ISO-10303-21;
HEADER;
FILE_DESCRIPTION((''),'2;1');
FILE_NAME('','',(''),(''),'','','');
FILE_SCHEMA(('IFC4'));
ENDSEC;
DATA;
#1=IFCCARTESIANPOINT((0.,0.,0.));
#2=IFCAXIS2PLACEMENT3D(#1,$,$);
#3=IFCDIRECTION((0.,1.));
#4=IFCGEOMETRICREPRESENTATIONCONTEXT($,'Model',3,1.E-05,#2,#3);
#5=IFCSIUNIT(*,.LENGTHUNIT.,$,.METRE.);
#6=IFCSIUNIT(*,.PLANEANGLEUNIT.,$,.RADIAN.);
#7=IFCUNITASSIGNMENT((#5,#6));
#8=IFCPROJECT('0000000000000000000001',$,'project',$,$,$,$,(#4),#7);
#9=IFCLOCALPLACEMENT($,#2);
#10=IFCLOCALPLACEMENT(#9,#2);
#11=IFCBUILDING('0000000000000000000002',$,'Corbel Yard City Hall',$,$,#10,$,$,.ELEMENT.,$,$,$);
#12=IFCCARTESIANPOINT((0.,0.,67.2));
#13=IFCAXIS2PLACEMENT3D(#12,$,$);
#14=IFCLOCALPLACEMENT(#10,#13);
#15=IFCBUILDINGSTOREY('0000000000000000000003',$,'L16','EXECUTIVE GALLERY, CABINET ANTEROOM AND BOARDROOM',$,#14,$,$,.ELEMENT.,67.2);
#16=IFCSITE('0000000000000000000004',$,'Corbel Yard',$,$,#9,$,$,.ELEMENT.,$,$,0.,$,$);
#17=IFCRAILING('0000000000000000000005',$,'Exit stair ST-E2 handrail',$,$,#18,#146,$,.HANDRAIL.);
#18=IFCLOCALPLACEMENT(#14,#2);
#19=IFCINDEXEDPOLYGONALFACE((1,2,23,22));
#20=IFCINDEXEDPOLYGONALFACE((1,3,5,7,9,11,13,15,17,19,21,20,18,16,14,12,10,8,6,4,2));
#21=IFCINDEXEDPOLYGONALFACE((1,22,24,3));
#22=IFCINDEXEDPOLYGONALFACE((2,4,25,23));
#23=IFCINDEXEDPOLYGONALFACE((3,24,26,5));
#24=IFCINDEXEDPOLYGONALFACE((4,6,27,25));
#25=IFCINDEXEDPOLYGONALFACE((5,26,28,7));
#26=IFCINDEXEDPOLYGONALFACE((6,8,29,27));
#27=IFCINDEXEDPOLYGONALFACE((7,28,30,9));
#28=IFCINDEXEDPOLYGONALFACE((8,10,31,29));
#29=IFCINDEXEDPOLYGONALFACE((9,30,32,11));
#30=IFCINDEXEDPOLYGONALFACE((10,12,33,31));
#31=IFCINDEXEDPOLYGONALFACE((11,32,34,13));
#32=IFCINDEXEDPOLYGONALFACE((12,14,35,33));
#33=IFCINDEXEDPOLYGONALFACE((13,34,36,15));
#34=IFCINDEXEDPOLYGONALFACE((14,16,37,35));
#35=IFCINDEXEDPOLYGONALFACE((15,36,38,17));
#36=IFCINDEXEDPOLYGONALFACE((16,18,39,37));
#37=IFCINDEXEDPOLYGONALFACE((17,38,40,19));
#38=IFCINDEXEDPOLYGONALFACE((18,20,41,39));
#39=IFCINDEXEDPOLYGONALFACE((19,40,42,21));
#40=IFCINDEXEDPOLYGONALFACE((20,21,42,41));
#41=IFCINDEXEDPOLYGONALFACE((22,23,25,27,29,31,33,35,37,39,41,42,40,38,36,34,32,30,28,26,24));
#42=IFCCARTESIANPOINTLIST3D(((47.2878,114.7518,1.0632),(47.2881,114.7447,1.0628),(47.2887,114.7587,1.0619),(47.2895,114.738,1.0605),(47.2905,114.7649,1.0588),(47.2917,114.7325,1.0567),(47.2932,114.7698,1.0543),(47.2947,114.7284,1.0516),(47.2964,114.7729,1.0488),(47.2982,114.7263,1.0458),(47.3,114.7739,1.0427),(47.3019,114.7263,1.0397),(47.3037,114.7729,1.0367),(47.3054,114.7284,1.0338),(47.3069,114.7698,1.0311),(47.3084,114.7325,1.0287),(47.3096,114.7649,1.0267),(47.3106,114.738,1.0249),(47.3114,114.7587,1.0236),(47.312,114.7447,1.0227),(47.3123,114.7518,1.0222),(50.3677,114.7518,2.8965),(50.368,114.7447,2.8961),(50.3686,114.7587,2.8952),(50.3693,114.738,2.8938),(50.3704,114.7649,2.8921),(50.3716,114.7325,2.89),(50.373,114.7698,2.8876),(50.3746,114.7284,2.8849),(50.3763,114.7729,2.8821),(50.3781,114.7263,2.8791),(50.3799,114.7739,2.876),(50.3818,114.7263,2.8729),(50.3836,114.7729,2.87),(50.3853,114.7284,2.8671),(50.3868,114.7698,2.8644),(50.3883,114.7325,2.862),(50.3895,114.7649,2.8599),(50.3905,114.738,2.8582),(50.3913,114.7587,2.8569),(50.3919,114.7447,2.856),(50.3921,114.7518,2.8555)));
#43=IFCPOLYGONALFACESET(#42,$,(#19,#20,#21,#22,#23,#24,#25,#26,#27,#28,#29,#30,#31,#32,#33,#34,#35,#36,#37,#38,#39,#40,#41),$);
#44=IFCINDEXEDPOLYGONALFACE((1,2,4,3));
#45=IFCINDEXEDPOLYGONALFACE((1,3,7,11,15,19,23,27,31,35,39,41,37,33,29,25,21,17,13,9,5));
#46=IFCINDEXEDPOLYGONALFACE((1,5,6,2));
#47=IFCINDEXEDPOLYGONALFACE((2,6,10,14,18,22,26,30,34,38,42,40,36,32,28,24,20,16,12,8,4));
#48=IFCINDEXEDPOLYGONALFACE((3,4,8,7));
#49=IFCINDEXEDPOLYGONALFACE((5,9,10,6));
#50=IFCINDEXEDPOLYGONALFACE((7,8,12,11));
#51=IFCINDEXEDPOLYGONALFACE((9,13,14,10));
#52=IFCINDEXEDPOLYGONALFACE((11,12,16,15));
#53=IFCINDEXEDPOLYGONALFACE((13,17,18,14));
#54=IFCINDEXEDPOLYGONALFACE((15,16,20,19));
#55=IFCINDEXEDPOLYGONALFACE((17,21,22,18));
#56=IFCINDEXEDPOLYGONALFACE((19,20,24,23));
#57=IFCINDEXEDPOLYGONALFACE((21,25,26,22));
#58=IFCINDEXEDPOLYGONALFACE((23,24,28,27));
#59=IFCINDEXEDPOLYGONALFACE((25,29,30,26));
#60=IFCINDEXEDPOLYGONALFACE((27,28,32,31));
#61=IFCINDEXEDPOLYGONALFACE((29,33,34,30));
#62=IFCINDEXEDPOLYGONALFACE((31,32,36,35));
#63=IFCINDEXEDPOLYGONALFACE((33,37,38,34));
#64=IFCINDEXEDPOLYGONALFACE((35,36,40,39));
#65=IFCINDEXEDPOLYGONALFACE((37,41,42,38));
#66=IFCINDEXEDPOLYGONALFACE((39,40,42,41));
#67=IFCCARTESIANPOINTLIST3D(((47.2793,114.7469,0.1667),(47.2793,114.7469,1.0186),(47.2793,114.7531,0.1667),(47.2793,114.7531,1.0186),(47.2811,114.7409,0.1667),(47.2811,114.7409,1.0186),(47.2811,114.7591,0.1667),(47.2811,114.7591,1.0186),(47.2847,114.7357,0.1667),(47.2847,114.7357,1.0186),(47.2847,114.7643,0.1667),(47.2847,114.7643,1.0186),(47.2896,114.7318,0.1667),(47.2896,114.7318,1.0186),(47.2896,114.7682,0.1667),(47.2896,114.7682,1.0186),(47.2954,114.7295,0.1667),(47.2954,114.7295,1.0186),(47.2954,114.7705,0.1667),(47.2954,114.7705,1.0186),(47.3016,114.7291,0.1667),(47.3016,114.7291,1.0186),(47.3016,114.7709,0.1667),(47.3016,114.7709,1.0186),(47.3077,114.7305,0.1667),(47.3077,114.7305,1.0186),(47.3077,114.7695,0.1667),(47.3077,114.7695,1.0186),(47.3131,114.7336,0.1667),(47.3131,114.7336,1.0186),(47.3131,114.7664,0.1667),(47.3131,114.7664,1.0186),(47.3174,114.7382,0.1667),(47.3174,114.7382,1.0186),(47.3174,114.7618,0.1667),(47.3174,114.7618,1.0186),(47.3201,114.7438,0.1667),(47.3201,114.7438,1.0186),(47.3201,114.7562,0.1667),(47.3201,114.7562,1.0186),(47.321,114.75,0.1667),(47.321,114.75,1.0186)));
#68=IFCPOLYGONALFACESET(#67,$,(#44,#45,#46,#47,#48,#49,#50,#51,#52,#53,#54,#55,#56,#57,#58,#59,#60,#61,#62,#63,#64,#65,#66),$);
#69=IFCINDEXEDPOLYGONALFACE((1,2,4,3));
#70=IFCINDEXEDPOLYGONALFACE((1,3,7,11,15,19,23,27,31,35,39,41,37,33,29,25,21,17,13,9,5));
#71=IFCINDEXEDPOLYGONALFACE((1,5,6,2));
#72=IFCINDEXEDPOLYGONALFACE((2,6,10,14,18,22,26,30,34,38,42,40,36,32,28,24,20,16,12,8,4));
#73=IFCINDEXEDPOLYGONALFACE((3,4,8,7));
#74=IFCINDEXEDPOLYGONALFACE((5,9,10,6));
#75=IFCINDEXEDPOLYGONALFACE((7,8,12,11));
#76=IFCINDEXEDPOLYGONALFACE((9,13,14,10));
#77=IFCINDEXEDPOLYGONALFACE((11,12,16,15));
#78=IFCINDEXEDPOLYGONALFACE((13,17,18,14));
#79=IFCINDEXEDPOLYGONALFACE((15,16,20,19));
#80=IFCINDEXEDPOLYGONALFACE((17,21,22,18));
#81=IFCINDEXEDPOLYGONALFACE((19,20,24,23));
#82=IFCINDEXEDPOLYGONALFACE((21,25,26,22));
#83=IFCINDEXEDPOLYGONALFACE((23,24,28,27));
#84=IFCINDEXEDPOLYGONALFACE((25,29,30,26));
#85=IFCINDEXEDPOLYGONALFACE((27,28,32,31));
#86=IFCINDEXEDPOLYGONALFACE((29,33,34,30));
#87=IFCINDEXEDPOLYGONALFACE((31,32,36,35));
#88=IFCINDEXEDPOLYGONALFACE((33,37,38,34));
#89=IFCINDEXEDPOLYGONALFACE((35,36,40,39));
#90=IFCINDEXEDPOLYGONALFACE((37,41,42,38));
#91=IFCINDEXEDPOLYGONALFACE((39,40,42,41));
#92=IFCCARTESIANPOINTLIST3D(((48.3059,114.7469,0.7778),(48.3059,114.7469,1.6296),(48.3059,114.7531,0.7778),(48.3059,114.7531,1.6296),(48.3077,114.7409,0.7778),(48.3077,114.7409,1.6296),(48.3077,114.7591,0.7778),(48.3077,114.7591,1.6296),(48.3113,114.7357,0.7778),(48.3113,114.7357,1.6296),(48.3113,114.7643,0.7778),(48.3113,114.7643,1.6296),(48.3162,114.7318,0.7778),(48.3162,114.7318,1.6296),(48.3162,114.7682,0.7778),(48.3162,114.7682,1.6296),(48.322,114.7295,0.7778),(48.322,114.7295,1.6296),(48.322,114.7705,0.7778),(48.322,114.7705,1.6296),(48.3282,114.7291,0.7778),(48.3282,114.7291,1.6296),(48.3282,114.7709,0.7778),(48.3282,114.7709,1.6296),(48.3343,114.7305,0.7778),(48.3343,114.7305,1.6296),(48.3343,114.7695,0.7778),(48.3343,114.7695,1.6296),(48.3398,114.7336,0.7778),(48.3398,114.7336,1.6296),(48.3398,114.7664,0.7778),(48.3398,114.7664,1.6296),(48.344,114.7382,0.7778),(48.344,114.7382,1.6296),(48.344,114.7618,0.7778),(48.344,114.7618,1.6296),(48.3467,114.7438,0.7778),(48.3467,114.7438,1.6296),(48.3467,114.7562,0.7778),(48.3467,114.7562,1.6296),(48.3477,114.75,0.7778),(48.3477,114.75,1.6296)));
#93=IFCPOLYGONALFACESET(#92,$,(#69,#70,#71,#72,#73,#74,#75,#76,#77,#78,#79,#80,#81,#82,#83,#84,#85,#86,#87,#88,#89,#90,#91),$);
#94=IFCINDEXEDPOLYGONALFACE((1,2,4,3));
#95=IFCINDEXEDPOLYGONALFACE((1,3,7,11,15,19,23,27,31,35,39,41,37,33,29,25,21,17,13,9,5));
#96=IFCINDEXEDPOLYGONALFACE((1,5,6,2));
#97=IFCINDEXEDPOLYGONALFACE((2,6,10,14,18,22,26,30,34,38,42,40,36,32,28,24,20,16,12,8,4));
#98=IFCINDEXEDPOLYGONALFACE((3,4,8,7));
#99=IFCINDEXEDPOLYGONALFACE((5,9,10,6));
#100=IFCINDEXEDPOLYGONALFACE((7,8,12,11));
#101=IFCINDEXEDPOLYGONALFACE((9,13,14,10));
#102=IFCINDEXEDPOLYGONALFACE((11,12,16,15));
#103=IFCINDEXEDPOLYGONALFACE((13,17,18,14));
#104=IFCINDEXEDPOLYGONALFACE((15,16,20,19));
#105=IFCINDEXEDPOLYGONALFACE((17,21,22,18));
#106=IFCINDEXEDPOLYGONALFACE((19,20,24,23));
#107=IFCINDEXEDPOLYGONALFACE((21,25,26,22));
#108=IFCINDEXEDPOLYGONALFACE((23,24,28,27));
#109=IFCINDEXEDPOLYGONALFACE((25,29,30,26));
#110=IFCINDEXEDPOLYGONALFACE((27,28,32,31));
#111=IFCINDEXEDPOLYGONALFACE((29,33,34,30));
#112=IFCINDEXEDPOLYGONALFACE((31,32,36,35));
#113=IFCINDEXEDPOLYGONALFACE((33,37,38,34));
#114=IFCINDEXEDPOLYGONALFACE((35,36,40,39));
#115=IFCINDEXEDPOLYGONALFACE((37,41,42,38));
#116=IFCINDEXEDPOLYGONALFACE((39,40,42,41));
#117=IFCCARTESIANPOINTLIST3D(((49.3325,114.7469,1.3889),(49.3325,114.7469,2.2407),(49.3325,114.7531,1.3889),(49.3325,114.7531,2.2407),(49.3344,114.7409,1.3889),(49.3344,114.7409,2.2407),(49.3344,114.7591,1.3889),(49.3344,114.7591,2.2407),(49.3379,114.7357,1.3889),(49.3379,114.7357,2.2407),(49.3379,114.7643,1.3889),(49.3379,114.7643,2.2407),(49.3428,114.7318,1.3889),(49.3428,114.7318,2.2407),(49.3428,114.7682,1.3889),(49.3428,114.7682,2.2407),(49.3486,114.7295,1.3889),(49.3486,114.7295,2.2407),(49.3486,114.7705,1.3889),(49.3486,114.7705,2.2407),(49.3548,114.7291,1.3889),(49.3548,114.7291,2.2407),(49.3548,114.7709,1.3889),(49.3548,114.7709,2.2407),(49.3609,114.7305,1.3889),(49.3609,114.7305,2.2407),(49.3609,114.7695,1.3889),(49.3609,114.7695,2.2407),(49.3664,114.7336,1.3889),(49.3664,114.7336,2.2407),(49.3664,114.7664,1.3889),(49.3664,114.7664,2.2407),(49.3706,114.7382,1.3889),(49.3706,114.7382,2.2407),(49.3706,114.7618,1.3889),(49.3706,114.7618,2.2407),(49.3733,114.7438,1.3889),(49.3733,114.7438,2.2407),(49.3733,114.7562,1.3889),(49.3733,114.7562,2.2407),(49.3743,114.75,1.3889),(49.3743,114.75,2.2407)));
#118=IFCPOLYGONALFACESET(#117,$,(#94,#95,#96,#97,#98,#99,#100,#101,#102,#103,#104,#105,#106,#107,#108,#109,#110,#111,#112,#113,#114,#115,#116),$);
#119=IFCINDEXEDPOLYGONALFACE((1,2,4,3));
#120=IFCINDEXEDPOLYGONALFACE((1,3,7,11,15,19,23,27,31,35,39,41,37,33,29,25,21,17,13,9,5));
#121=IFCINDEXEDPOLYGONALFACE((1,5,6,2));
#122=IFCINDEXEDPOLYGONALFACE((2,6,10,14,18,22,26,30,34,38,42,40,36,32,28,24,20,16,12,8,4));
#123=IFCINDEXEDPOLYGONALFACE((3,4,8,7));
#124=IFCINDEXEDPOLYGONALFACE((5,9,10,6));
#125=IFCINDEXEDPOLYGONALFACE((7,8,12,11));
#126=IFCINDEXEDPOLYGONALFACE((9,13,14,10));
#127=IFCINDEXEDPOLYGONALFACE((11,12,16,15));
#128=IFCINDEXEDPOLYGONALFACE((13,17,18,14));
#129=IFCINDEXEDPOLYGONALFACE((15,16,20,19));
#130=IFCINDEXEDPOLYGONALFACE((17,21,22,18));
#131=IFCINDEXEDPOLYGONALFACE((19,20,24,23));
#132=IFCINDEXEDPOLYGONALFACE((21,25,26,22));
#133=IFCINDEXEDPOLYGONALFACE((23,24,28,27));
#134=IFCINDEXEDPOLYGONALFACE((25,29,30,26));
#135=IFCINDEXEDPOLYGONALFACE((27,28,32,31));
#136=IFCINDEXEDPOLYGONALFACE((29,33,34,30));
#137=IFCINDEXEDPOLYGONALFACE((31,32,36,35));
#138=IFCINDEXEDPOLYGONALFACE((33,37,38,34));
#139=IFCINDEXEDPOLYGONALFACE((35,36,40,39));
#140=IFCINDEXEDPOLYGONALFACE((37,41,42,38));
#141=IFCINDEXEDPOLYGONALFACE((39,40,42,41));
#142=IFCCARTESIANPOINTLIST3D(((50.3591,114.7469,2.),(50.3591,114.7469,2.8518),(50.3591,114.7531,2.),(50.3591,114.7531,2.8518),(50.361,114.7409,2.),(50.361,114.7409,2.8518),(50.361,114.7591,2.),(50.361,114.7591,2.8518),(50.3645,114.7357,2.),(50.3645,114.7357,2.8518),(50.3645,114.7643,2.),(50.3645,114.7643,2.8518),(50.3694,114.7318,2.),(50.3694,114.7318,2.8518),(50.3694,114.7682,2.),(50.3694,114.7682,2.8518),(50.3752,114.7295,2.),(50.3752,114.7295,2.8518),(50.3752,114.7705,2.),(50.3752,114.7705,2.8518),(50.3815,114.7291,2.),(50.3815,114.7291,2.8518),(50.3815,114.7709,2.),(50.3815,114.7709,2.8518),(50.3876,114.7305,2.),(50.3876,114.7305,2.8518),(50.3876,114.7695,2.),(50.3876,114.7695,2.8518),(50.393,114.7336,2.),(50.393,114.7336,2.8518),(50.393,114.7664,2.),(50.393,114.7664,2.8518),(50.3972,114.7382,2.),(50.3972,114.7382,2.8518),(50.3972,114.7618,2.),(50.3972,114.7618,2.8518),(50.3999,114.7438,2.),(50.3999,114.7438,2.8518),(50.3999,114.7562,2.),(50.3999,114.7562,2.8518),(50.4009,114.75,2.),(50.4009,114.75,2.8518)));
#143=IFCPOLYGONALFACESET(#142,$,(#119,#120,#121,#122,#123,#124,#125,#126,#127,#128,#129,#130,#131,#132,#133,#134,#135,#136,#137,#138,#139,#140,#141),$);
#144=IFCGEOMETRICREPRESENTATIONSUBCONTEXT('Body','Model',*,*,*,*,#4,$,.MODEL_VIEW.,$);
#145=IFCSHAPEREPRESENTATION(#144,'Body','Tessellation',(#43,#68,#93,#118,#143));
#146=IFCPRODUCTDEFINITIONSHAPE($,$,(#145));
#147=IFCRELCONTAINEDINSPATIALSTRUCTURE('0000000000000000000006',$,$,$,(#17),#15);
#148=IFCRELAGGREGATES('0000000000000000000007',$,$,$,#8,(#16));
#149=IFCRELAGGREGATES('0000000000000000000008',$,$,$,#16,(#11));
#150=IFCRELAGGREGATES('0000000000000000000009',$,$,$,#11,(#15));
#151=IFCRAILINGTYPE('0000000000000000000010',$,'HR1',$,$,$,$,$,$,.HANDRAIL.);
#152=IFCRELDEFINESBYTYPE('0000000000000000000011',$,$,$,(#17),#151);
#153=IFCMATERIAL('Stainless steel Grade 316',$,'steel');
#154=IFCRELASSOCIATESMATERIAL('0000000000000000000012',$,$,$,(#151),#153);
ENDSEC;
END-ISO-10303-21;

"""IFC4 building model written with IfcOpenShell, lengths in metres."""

from ifc_helpers import new_model, si_unit, direction, frame, origin, origin_2d, place, context, subcontext, project, spatial, circle, extrude, material, type_object, element, save


model = new_model("IFC4")

# Units and contexts
model_context = context("Model", 3, precision=1e-05, world=origin(), true_north=direction((0.0, 1.0)))
body_context = subcontext(model_context, "Body", "Model", "MODEL_VIEW")
ifc_project = project(units=[si_unit("LENGTHUNIT", "METRE"), si_unit("PLANEANGLEUNIT", "RADIAN")], contexts=[model_context])

# Site, building, storey
site_placement = place(None, origin())
site = spatial("IfcSite", under=ifc_project, at=site_placement, Name="Corbel Yard", CompositionType="ELEMENT", RefElevation=0.0)
building_placement = place(site_placement, origin())
building = spatial("IfcBuilding", under=site, at=building_placement, Name="Corbel Yard City Hall", CompositionType="ELEMENT")
storey_placement = place(building_placement, frame((0.0, 0.0, 67.2)))
storey = spatial("IfcBuildingStorey", under=building, at=storey_placement, Name="L16", Description="EXECUTIVE GALLERY, CABINET ANTEROOM AND BOARDROOM", CompositionType="ELEMENT", Elevation=67.2)

# Shared definitions
ifc_material_1 = material(Name="Stainless steel Grade 316", Category="steel")

# Railing
railing_type_1 = type_object("IfcRailingType", Name="HR1", PredefinedType="HANDRAIL", material=ifc_material_1)
railing_1_placement = place(storey_placement, frame((47.3, 114.75, 0.1667)))
element("IfcRailing", 1, at=railing_1_placement, inside=storey, type_object=railing_type_1, Name="Exit stair ST-E2 handrail", PredefinedType="HANDRAIL", context=body_context, shape_type="SweptSolid", body=[
    extrude(circle(Radius=0.0239, at=origin_2d()), frame((0.0, 0.0, 0.876), z_axis=(0.859291, 0.0, 0.511487), x_axis=(0.0, 1.0, 0.0)), (0.0, 0.0, 1.0), 3.5842),
    extrude(circle(Radius=0.021, at=origin_2d()), origin(), (0.0, 0.0, 1.0), 0.8518),
    extrude(circle(Radius=0.021, at=origin_2d()), frame((1.0266, 0.0, 0.6111)), (0.0, 0.0, 1.0), 0.8518),
    extrude(circle(Radius=0.021, at=origin_2d()), frame((2.0532, 0.0, 1.2222)), (0.0, 0.0, 1.0), 0.8518),
    extrude(circle(Radius=0.021, at=origin_2d()), frame((3.0798, 0.0, 1.8333)), (0.0, 0.0, 1.0), 0.8518),
])

save(model, "model.ifc")
